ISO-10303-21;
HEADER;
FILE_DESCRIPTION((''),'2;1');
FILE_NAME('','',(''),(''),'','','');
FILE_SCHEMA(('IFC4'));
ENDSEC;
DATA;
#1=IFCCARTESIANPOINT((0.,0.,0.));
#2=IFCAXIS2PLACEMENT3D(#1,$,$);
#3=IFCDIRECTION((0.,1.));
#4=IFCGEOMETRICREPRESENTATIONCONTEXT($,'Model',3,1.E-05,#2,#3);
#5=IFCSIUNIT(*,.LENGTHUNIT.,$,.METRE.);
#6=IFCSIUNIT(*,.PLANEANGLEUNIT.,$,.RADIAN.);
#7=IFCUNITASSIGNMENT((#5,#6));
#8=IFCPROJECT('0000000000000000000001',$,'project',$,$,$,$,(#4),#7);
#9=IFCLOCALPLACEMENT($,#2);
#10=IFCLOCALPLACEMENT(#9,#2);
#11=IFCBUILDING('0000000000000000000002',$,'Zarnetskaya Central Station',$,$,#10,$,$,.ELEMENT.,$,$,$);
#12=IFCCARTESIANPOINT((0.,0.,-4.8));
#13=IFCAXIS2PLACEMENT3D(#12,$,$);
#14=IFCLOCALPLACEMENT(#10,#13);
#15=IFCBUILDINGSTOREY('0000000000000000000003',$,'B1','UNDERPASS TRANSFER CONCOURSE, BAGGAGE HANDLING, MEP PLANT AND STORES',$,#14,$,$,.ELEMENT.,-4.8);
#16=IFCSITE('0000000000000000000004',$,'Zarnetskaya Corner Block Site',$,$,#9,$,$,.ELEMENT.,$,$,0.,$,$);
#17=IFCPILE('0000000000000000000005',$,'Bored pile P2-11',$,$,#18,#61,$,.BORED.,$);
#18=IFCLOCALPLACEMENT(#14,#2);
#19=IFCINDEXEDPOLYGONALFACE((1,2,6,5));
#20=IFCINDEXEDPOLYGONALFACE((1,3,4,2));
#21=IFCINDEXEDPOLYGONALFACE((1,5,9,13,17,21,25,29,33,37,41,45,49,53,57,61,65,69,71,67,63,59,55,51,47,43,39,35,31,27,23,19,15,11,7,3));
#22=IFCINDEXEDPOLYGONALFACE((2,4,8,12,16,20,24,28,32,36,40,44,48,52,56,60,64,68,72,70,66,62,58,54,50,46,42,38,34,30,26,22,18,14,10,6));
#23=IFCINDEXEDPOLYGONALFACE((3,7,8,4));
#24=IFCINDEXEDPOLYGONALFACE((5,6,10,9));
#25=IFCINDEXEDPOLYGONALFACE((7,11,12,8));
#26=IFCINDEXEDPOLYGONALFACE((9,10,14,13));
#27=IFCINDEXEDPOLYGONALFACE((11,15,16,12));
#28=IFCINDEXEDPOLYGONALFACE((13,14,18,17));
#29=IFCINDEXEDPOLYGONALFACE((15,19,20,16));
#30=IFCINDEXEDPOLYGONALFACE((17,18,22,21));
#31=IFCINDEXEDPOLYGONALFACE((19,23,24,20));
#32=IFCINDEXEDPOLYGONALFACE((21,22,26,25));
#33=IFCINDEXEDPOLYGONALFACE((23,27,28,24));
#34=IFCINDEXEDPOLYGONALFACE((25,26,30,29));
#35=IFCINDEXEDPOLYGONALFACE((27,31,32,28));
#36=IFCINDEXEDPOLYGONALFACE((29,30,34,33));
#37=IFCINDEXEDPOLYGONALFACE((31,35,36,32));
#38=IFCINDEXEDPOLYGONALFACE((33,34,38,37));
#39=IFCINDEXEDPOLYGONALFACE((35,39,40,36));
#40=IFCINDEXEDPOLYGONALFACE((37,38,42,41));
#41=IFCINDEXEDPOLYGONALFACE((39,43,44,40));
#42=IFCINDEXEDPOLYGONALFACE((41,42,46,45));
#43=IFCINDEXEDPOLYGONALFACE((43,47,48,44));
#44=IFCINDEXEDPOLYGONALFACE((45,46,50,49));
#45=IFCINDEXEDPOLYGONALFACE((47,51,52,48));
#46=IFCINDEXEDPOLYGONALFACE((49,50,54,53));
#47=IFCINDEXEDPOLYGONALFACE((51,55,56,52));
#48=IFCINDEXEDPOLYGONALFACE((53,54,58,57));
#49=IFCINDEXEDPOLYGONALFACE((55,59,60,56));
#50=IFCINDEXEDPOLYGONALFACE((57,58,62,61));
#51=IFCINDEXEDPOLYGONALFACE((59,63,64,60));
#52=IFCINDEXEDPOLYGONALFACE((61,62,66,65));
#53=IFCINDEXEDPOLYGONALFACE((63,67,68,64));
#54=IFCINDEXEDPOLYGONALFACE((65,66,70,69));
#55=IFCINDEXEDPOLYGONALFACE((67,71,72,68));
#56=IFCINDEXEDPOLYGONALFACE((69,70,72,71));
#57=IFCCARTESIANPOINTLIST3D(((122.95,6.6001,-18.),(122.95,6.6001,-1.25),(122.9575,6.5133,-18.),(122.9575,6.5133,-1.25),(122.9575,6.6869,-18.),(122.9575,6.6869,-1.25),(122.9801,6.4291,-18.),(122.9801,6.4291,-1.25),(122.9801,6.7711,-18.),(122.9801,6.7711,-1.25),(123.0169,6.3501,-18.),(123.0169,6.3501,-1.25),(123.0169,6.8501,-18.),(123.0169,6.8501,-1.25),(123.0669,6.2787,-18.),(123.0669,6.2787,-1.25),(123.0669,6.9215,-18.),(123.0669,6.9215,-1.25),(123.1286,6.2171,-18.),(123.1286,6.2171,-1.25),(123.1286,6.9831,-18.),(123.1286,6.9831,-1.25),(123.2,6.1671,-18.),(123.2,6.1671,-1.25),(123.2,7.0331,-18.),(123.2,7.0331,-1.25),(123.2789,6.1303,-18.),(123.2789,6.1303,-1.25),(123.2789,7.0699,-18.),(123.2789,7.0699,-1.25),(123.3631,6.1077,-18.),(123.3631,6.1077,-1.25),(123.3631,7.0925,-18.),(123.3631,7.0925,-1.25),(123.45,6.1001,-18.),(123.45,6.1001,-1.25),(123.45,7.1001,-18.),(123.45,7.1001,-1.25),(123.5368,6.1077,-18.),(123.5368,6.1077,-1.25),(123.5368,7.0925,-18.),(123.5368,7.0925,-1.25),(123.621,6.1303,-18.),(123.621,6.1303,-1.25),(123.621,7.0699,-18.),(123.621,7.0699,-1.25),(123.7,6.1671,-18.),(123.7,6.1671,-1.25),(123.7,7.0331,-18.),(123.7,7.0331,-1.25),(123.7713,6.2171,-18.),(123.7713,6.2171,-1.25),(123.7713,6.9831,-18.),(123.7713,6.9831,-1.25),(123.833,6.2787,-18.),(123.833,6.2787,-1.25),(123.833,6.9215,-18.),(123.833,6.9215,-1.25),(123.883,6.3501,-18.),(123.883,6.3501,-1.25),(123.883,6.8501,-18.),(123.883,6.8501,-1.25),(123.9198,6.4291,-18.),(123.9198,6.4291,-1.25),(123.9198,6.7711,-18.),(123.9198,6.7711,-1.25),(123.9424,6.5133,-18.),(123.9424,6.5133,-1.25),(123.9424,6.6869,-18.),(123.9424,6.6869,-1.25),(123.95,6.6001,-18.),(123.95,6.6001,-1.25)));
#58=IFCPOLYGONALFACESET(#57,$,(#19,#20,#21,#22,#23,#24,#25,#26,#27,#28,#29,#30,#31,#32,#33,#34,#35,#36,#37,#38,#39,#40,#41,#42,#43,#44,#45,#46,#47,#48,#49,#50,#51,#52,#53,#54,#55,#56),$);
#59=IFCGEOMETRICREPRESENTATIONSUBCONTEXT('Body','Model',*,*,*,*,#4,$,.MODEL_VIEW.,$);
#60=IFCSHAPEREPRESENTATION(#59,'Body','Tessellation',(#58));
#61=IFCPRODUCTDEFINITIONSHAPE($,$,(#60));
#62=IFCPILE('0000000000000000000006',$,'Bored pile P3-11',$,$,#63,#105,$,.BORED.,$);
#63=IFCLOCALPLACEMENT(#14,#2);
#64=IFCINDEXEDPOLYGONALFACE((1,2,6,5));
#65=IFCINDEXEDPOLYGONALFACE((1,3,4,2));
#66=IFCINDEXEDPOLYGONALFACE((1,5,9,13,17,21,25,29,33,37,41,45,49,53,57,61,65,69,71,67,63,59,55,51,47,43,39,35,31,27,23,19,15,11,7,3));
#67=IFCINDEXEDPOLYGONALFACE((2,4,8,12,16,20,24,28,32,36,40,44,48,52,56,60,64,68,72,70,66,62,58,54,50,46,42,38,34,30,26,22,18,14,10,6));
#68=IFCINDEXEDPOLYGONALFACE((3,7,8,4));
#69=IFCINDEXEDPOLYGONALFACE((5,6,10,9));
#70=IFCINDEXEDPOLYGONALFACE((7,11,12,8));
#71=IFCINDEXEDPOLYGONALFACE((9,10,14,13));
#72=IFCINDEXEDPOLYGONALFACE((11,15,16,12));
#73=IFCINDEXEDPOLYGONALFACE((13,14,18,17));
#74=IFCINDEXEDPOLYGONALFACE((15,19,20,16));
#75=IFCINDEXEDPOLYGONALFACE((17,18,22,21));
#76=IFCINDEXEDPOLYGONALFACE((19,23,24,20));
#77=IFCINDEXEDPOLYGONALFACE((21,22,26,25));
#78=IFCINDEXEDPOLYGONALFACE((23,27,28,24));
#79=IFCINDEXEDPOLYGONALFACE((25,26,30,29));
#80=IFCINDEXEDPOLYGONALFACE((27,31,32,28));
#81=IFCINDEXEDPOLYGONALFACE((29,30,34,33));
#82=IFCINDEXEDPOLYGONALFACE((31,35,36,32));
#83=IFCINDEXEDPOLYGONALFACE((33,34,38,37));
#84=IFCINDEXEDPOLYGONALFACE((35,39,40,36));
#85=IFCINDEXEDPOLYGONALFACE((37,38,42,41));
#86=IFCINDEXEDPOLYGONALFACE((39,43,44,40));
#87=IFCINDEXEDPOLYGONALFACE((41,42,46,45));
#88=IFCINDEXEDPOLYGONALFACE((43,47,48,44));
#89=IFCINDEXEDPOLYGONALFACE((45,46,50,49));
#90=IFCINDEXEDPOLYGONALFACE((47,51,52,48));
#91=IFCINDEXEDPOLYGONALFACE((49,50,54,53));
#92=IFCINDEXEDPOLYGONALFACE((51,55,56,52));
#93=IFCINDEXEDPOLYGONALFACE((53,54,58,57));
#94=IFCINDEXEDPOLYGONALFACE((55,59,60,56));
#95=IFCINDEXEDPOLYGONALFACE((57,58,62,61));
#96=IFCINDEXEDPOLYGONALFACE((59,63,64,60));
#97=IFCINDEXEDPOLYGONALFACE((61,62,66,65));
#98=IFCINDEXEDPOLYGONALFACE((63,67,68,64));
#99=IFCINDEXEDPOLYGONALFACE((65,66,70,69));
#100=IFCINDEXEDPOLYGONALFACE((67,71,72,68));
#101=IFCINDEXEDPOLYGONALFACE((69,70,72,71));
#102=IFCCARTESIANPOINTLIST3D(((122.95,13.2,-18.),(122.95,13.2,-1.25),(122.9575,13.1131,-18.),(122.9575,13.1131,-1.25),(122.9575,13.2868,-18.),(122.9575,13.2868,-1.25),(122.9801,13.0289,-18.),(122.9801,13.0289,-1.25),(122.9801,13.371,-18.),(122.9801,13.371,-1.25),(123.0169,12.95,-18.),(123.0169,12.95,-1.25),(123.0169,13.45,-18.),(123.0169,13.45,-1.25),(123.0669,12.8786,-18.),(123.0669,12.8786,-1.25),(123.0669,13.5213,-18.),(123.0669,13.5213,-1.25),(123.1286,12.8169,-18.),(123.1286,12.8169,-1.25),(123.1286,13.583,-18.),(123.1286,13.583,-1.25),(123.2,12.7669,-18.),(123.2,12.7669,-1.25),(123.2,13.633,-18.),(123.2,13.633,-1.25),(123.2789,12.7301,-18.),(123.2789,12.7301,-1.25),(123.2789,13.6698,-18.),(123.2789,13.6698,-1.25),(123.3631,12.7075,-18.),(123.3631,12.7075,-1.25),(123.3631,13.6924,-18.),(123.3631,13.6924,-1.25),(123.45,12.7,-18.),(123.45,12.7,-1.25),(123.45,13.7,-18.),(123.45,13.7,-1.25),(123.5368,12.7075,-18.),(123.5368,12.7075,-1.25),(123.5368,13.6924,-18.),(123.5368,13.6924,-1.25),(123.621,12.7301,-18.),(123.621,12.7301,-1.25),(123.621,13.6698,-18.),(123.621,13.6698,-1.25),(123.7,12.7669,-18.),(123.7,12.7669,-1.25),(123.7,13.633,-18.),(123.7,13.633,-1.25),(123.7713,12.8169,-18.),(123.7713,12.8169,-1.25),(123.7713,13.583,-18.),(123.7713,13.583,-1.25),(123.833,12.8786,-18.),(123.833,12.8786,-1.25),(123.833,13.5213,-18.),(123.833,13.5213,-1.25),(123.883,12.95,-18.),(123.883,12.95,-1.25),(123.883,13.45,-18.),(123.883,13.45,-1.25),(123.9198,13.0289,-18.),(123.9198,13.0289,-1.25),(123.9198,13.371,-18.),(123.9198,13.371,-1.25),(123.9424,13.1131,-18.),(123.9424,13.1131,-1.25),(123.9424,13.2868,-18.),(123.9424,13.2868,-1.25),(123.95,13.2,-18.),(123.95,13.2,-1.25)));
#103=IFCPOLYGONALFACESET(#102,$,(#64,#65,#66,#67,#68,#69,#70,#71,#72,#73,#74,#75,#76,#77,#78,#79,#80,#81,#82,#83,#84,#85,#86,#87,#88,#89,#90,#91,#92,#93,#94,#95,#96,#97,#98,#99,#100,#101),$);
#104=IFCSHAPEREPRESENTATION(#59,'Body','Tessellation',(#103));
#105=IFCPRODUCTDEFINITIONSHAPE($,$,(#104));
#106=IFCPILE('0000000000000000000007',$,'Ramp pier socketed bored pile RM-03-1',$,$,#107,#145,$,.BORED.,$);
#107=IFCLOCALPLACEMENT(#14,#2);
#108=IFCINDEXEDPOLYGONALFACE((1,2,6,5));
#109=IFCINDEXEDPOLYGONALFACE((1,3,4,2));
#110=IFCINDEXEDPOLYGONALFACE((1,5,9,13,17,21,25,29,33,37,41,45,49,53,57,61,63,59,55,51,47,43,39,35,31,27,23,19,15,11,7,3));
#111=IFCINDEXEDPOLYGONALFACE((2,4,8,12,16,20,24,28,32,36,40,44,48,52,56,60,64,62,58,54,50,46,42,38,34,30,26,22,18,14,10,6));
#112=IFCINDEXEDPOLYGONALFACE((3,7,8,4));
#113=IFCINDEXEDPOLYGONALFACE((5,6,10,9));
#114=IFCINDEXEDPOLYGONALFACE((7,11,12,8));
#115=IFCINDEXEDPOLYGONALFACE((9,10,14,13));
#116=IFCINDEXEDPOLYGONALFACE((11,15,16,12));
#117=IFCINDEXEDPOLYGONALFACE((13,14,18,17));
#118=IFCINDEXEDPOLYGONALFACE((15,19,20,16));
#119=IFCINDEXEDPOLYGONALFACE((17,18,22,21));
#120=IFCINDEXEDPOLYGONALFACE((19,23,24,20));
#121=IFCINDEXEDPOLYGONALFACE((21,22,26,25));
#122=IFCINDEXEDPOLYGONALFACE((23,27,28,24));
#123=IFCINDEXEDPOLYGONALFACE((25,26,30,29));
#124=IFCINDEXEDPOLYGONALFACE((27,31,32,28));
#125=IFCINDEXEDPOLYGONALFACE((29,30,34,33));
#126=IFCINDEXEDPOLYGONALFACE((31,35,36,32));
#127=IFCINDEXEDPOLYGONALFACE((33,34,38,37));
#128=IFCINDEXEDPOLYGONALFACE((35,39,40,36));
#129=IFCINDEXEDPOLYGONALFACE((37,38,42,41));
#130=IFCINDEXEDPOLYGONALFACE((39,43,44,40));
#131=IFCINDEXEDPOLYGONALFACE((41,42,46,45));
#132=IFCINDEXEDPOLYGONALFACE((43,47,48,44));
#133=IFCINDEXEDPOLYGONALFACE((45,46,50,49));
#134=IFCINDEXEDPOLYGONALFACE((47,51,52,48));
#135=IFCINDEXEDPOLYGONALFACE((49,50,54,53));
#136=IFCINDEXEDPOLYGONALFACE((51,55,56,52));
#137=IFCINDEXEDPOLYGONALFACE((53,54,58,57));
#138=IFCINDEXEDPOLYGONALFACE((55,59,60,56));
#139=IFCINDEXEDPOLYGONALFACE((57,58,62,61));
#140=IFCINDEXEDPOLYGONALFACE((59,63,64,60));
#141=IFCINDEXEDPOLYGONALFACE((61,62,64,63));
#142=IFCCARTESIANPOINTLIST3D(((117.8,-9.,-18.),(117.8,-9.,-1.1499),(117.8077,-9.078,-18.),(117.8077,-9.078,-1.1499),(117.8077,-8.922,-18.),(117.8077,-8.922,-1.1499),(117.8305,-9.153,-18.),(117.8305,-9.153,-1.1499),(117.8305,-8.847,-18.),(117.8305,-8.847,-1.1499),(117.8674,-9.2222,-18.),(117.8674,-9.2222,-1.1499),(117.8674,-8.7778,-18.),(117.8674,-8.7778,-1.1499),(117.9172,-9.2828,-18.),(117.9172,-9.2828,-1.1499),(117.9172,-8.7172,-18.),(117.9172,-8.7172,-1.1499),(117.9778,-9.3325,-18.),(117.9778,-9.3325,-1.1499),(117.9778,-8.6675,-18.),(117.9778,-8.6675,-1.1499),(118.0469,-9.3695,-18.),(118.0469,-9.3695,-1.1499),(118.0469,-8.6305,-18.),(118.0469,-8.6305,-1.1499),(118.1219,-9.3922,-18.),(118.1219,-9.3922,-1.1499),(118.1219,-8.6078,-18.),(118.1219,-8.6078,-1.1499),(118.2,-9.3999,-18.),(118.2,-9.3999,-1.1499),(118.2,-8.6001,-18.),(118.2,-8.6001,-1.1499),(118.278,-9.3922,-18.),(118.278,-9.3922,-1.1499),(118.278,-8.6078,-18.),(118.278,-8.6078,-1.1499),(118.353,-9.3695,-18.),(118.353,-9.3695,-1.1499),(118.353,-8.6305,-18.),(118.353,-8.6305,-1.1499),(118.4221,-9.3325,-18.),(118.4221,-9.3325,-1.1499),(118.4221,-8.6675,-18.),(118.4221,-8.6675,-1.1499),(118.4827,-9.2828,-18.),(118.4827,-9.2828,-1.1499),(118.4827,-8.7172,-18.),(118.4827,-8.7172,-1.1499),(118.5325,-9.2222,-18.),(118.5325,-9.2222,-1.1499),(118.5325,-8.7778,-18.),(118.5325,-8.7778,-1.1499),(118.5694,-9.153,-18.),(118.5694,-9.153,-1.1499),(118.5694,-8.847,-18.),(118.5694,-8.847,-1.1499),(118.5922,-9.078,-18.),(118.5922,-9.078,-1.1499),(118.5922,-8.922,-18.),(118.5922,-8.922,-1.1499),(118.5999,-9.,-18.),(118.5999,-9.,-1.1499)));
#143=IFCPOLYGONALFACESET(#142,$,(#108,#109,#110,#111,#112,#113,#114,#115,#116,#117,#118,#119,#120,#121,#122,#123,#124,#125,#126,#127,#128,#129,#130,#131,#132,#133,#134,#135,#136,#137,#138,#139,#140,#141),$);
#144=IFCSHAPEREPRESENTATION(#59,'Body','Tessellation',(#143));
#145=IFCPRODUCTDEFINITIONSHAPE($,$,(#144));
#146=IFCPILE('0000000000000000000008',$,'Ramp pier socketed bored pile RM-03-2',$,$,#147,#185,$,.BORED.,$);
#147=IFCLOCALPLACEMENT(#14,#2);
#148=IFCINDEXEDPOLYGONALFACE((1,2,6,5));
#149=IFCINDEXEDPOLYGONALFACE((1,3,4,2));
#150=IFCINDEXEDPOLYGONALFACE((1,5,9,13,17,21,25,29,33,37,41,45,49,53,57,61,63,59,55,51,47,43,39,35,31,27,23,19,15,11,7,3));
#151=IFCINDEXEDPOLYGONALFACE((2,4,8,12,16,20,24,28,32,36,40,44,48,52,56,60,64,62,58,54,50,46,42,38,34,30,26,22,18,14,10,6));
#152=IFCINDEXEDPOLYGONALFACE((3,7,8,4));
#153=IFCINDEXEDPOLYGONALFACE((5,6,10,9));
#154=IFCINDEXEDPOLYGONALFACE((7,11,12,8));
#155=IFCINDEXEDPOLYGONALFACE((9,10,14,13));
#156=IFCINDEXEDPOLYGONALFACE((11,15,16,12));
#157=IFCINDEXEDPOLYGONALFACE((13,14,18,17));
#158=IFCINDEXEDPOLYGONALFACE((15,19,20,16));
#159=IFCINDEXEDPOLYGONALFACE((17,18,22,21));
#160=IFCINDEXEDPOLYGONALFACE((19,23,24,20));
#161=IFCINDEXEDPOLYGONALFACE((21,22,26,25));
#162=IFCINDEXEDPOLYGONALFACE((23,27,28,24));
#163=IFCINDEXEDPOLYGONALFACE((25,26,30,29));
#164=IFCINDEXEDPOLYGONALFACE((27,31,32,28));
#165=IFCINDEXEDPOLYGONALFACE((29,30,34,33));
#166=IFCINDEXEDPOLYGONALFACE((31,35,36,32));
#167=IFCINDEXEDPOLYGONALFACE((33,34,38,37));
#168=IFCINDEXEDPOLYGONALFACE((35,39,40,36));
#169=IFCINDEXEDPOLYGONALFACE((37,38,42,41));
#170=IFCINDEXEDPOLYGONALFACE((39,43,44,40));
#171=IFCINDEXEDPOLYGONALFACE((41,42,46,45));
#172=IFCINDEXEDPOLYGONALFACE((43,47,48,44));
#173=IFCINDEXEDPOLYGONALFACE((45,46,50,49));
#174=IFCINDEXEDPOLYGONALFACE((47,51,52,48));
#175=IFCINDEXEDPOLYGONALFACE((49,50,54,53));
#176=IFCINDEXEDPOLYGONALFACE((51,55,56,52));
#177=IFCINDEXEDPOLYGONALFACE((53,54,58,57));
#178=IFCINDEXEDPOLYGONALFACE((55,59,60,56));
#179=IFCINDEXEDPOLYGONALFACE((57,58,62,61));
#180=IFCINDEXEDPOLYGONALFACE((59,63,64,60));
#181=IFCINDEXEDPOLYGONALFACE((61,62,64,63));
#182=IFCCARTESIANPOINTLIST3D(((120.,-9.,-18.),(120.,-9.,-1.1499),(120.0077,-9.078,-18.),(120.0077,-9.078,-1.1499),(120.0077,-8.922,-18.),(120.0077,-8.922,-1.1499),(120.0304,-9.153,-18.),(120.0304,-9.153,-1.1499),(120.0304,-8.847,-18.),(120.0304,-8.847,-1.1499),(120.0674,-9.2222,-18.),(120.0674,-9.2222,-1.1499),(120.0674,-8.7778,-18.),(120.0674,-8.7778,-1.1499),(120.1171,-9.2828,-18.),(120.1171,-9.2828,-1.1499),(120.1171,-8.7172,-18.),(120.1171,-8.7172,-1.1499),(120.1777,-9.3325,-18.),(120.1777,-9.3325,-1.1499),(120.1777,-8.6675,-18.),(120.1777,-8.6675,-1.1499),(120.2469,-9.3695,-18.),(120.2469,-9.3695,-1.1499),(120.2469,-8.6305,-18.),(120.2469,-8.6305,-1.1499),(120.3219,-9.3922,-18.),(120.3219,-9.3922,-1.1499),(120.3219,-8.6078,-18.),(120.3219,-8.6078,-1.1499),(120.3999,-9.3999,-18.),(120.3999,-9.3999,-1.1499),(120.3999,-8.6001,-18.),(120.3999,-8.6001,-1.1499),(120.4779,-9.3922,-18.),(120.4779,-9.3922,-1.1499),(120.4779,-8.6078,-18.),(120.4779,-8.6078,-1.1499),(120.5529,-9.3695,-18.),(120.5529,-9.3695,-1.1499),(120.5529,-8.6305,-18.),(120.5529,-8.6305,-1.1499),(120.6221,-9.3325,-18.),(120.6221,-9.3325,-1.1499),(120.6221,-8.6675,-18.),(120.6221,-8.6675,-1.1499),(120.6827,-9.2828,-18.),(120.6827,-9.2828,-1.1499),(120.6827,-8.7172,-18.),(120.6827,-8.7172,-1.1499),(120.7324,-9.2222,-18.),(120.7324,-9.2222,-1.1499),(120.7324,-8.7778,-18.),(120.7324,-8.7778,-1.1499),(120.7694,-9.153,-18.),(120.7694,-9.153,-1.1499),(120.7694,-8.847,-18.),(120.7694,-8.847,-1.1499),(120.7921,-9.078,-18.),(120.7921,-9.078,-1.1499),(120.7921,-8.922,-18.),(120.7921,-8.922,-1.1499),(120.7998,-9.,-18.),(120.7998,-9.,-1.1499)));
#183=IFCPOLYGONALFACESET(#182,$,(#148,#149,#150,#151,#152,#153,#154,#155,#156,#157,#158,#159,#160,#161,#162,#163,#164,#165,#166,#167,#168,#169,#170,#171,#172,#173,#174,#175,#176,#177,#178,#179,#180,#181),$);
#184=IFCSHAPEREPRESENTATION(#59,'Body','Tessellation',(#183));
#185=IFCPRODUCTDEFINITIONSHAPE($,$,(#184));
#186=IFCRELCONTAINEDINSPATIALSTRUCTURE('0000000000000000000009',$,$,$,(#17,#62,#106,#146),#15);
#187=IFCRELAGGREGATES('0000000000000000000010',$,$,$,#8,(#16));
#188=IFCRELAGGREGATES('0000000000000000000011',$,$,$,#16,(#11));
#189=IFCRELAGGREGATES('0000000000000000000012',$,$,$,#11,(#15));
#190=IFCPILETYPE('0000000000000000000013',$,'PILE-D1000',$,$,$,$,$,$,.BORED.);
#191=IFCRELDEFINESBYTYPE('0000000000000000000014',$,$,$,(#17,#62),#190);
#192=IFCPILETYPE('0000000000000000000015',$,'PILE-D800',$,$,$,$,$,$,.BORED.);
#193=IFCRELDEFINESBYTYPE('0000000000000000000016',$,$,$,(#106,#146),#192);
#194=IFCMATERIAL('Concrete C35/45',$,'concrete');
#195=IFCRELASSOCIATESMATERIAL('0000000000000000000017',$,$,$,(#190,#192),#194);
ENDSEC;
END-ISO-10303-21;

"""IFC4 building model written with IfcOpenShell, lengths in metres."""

from ifc_helpers import new_model, si_unit, direction, frame, origin, origin_2d, place, context, subcontext, project, spatial, circle, extrude, material, material_profile, profile_set, type_object, element, save


model = new_model("IFC4")

# Units and contexts
model_context = context("Model", 3, precision=1e-05, world=origin(), true_north=direction((0.0, 1.0)))
body_context = subcontext(model_context, "Body", "Model", "MODEL_VIEW")
ifc_project = project(units=[si_unit("LENGTHUNIT", "METRE"), si_unit("PLANEANGLEUNIT", "RADIAN")], contexts=[model_context])

# Site, building, storey
site_placement = place(None, origin())
site = spatial("IfcSite", under=ifc_project, at=site_placement, Name="Zarnetskaya Corner Block Site", CompositionType="ELEMENT", RefElevation=0.0)
building_placement = place(site_placement, origin())
building = spatial("IfcBuilding", under=site, at=building_placement, Name="Zarnetskaya Central Station", CompositionType="ELEMENT")
storey_placement = place(building_placement, frame((0.0, 0.0, -4.8)))
storey = spatial("IfcBuildingStorey", under=building, at=storey_placement, Name="B1", Description="UNDERPASS TRANSFER CONCOURSE, BAGGAGE HANDLING, MEP PLANT AND STORES", CompositionType="ELEMENT", Elevation=-4.8)

# Shared definitions
ifc_material_1 = material(Name="Concrete C35/45", Category="concrete")

# Piles
ifc_material_profile_1 = material_profile(ifc_material_1, circle(Radius=0.5, at=origin_2d()), Name="BORED PILE D1000")
ifc_profile_set_1 = profile_set([ifc_material_profile_1], Name="Concrete C35/45")
pile_type_1 = type_object("IfcPileType", Name="PILE-D1000", PredefinedType="BORED", material=ifc_profile_set_1)
for number, where, z_axis, x_axis, name in (
    (1, (123.45, 6.6001, -1.25), (0.0, 0.0, -1.0), (1.0, 0.0, 0.0), "Bored pile P2-11"),
    (2, (123.45, 13.2, -1.25), (0.0, 0.0, -1.0), (1.0, 0.0, 0.0), "Bored pile P3-11"),
):
    element("IfcPile", number, at=place(storey_placement, frame(where, z_axis=z_axis, x_axis=x_axis)), inside=storey, type_object=pile_type_1, Name=name, PredefinedType="BORED", context=body_context, shape_type="SweptSolid", body=[
        extrude(circle(Radius=0.5, at=origin_2d()), origin(), (0.0, 0.0, 1.0), 16.75),
    ])
ifc_material_profile_2 = material_profile(ifc_material_1, circle(Radius=0.3999, at=origin_2d()), Name="BORED PILE D800")
ifc_profile_set_2 = profile_set([ifc_material_profile_2], Name="Concrete C35/45")
pile_type_2 = type_object("IfcPileType", Name="PILE-D800", PredefinedType="BORED", material=ifc_profile_set_2)
for number, where, z_axis, x_axis, name in (
    (3, (118.2, -9.0, -1.1499), (0.0, 0.0, -1.0), (1.0, 0.0, 0.0), "Ramp pier socketed bored pile RM-03-1"),
    (4, (120.3999, -9.0, -1.1499), (0.0, 0.0, -1.0), (1.0, 0.0, 0.0), "Ramp pier socketed bored pile RM-03-2"),
):
    element("IfcPile", number, at=place(storey_placement, frame(where, z_axis=z_axis, x_axis=x_axis)), inside=storey, type_object=pile_type_2, Name=name, PredefinedType="BORED", context=body_context, shape_type="SweptSolid", body=[
        extrude(circle(Radius=0.3999, at=origin_2d()), origin(), (0.0, 0.0, 1.0), 16.8501),
    ])

save(model, "model.ifc")
